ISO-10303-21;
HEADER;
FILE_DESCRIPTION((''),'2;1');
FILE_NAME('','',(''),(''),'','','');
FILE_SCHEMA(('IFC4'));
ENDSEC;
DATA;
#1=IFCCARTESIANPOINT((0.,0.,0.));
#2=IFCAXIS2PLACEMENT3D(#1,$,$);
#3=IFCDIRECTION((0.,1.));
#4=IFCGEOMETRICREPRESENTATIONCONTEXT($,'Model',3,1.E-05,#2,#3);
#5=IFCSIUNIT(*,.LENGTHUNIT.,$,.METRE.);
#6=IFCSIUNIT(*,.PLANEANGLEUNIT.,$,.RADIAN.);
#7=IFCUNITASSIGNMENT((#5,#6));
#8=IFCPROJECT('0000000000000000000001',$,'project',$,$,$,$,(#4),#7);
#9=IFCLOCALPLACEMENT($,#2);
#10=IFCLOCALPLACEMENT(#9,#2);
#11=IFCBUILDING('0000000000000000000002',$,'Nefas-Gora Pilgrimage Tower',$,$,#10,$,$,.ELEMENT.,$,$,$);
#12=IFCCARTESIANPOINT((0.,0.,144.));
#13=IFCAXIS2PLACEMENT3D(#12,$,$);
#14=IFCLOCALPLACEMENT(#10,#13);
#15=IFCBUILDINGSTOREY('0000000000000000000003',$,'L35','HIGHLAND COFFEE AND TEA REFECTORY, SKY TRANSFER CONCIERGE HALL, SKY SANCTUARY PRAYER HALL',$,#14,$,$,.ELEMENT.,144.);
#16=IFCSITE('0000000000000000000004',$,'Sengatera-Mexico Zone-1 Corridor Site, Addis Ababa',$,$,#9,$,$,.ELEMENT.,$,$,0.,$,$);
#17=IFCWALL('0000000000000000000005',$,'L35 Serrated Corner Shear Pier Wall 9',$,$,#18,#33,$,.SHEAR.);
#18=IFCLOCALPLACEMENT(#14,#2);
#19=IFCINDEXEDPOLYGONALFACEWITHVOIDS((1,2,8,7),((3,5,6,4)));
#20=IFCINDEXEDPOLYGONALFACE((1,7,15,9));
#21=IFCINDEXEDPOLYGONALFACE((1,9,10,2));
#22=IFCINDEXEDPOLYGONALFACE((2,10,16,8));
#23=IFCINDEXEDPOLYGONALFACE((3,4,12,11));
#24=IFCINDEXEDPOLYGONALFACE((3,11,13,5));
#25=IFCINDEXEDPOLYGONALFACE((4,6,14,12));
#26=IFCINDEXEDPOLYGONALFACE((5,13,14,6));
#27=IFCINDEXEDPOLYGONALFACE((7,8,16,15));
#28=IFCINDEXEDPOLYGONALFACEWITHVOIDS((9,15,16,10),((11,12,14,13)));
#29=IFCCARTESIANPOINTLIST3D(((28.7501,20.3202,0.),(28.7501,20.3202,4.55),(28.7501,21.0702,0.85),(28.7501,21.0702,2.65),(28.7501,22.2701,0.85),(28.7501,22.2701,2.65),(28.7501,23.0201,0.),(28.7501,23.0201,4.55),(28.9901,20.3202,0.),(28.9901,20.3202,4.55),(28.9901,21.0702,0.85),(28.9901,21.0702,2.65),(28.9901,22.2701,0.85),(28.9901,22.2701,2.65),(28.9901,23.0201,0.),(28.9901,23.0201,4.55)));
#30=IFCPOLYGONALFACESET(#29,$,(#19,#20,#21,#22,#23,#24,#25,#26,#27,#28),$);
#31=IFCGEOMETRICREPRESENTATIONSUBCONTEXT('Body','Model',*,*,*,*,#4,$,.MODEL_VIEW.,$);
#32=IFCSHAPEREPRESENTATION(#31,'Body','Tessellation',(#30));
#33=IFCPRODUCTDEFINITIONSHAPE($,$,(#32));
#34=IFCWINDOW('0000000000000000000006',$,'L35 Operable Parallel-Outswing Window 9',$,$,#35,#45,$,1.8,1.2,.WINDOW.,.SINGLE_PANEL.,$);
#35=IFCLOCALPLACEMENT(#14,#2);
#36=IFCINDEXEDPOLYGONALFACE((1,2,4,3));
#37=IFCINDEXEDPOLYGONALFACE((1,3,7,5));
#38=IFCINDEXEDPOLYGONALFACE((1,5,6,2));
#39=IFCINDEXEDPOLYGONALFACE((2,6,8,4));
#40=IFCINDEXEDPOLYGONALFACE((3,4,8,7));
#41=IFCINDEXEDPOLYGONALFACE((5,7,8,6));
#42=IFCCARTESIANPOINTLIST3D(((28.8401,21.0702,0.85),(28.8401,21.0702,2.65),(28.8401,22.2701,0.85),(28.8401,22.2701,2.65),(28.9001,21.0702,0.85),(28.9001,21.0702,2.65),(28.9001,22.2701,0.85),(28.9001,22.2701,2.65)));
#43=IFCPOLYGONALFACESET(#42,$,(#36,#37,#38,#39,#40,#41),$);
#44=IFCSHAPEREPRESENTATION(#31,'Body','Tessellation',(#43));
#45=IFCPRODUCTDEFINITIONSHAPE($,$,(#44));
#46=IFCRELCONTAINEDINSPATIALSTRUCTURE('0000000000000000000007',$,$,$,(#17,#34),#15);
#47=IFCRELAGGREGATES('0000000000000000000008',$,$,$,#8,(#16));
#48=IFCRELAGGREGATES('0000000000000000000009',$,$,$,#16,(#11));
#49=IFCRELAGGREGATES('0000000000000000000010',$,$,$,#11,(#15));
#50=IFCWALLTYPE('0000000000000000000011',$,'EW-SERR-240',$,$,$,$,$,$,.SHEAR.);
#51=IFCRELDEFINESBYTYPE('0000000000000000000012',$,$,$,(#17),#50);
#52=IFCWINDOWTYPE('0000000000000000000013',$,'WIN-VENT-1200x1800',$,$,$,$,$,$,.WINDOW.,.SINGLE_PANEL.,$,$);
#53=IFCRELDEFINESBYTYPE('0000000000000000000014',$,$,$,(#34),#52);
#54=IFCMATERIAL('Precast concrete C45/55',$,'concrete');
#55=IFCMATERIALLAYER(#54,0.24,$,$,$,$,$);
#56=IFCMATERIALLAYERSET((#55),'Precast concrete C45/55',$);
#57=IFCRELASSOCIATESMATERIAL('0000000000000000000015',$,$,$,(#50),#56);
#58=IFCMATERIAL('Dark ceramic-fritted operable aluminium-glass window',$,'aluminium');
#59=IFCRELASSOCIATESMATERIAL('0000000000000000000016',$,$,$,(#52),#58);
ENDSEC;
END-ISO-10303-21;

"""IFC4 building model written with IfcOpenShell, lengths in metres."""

from ifc_helpers import new_model, si_unit, direction, frame, frame_2d, origin, place, context, subcontext, project, spatial, rectangle, extrude, source, transform, mapped, material, layer, layer_set, type_object, element, fill, save


model = new_model("IFC4")

# Units and contexts
model_context = context("Model", 3, precision=1e-05, world=origin(), true_north=direction((0.0, 1.0)))
body_context = subcontext(model_context, "Body", "Model", "MODEL_VIEW")
ifc_project = project(units=[si_unit("LENGTHUNIT", "METRE"), si_unit("PLANEANGLEUNIT", "RADIAN")], contexts=[model_context])

# Site, building, storey
site_placement = place(None, origin())
site = spatial("IfcSite", under=ifc_project, at=site_placement, Name="Sengatera-Mexico Zone-1 Corridor Site, Addis Ababa", CompositionType="ELEMENT", RefElevation=0.0)
building_placement = place(site_placement, origin())
building = spatial("IfcBuilding", under=site, at=building_placement, Name="Nefas-Gora Pilgrimage Tower", CompositionType="ELEMENT")
storey_placement = place(building_placement, frame((0.0, 0.0, 144.0)))
storey = spatial("IfcBuildingStorey", under=building, at=storey_placement, Name="L35", Description="HIGHLAND COFFEE AND TEA REFECTORY, SKY TRANSFER CONCIERGE HALL, SKY SANCTUARY PRAYER HALL", CompositionType="ELEMENT", Elevation=144.0)

# Shared definitions
ifc_material_1 = material(Name="Precast concrete C45/55", Category="concrete")
ifc_layer_1 = layer(ifc_material_1, 0.24)
ifc_layer_set_1 = layer_set([ifc_layer_1], Name="Precast concrete C45/55")
wall_type = type_object("IfcWallType", Name="EW-SERR-240", PredefinedType="SHEAR", material=ifc_layer_set_1)
shared_shape_1 = source(origin(), body_context, "Body", "SweptSolid", [
    extrude(rectangle(XDim=2.7, YDim=0.24, at=frame_2d((1.3501, 0.0))), origin(), (0.0, 0.0, 1.0), 4.55),
])

# Wall, opening, window
wall_placement = place(storey_placement, frame((28.8701, 20.3201, 0.0), z_axis=(0.0, 0.0, 1.0), x_axis=(0.0, 1.0, 0.0)))
wall = element("IfcWall", 1, at=wall_placement, inside=storey, type_object=wall_type, Name="L35 Serrated Corner Shear Pier Wall 9", PredefinedType="SHEAR", context=body_context, shape_type="MappedRepresentation", body=[
    mapped(shared_shape_1, transform((0.0, 0.0, 0.0), x_axis=(1.0, 0.0, 0.0), y_axis=(0.0, 1.0, 0.0), z_axis=(0.0, 0.0, 1.0), scale=1.0)),
])
opening_placement = place(wall_placement, frame((0.75, 0.0, 0.8501)))
opening = element("IfcOpeningElement", 2, at=opening_placement, cuts=wall, PredefinedType="OPENING", context=body_context, shape_type="SweptSolid", body=[
    extrude(rectangle(XDim=1.2, YDim=1.8, at=frame_2d((0.6001, 0.8999))), frame((0.0, 0.1299, 0.0), z_axis=(0.0, -1.0, 0.0), x_axis=(1.0, 0.0, 0.0)), (0.0, 0.0, 1.0), 0.26),
])
ifc_material_2 = material(Name="Dark ceramic-fritted operable aluminium-glass window", Category="aluminium")
window_type = type_object("IfcWindowType", Name="WIN-VENT-1200x1800", PartitioningType="SINGLE_PANEL", PredefinedType="WINDOW", material=ifc_material_2)
shared_shape_2 = source(origin(), body_context, "Body", "SweptSolid", [
    extrude(rectangle(XDim=1.2, YDim=1.8, at=frame_2d((0.6001, 0.8999))), frame((0.0, 0.03, 0.0), z_axis=(0.0, -1.0, 0.0), x_axis=(1.0, 0.0, 0.0)), (0.0, 0.0, 1.0), 0.0601),
])
window_placement = place(opening_placement, origin())
window = element("IfcWindow", 3, at=window_placement, inside=storey, type_object=window_type, Name="L35 Operable Parallel-Outswing Window 9", OverallHeight=1.8, OverallWidth=1.2, PartitioningType="SINGLE_PANEL", PredefinedType="WINDOW", context=body_context, shape_type="MappedRepresentation", body=[
    mapped(shared_shape_2, transform((0.0, 0.0, 0.0), x_axis=(1.0, 0.0, 0.0), y_axis=(0.0, 1.0, 0.0), z_axis=(0.0, 0.0, 1.0), scale=1.0)),
])
fill(opening, window)

save(model, "model.ifc")
